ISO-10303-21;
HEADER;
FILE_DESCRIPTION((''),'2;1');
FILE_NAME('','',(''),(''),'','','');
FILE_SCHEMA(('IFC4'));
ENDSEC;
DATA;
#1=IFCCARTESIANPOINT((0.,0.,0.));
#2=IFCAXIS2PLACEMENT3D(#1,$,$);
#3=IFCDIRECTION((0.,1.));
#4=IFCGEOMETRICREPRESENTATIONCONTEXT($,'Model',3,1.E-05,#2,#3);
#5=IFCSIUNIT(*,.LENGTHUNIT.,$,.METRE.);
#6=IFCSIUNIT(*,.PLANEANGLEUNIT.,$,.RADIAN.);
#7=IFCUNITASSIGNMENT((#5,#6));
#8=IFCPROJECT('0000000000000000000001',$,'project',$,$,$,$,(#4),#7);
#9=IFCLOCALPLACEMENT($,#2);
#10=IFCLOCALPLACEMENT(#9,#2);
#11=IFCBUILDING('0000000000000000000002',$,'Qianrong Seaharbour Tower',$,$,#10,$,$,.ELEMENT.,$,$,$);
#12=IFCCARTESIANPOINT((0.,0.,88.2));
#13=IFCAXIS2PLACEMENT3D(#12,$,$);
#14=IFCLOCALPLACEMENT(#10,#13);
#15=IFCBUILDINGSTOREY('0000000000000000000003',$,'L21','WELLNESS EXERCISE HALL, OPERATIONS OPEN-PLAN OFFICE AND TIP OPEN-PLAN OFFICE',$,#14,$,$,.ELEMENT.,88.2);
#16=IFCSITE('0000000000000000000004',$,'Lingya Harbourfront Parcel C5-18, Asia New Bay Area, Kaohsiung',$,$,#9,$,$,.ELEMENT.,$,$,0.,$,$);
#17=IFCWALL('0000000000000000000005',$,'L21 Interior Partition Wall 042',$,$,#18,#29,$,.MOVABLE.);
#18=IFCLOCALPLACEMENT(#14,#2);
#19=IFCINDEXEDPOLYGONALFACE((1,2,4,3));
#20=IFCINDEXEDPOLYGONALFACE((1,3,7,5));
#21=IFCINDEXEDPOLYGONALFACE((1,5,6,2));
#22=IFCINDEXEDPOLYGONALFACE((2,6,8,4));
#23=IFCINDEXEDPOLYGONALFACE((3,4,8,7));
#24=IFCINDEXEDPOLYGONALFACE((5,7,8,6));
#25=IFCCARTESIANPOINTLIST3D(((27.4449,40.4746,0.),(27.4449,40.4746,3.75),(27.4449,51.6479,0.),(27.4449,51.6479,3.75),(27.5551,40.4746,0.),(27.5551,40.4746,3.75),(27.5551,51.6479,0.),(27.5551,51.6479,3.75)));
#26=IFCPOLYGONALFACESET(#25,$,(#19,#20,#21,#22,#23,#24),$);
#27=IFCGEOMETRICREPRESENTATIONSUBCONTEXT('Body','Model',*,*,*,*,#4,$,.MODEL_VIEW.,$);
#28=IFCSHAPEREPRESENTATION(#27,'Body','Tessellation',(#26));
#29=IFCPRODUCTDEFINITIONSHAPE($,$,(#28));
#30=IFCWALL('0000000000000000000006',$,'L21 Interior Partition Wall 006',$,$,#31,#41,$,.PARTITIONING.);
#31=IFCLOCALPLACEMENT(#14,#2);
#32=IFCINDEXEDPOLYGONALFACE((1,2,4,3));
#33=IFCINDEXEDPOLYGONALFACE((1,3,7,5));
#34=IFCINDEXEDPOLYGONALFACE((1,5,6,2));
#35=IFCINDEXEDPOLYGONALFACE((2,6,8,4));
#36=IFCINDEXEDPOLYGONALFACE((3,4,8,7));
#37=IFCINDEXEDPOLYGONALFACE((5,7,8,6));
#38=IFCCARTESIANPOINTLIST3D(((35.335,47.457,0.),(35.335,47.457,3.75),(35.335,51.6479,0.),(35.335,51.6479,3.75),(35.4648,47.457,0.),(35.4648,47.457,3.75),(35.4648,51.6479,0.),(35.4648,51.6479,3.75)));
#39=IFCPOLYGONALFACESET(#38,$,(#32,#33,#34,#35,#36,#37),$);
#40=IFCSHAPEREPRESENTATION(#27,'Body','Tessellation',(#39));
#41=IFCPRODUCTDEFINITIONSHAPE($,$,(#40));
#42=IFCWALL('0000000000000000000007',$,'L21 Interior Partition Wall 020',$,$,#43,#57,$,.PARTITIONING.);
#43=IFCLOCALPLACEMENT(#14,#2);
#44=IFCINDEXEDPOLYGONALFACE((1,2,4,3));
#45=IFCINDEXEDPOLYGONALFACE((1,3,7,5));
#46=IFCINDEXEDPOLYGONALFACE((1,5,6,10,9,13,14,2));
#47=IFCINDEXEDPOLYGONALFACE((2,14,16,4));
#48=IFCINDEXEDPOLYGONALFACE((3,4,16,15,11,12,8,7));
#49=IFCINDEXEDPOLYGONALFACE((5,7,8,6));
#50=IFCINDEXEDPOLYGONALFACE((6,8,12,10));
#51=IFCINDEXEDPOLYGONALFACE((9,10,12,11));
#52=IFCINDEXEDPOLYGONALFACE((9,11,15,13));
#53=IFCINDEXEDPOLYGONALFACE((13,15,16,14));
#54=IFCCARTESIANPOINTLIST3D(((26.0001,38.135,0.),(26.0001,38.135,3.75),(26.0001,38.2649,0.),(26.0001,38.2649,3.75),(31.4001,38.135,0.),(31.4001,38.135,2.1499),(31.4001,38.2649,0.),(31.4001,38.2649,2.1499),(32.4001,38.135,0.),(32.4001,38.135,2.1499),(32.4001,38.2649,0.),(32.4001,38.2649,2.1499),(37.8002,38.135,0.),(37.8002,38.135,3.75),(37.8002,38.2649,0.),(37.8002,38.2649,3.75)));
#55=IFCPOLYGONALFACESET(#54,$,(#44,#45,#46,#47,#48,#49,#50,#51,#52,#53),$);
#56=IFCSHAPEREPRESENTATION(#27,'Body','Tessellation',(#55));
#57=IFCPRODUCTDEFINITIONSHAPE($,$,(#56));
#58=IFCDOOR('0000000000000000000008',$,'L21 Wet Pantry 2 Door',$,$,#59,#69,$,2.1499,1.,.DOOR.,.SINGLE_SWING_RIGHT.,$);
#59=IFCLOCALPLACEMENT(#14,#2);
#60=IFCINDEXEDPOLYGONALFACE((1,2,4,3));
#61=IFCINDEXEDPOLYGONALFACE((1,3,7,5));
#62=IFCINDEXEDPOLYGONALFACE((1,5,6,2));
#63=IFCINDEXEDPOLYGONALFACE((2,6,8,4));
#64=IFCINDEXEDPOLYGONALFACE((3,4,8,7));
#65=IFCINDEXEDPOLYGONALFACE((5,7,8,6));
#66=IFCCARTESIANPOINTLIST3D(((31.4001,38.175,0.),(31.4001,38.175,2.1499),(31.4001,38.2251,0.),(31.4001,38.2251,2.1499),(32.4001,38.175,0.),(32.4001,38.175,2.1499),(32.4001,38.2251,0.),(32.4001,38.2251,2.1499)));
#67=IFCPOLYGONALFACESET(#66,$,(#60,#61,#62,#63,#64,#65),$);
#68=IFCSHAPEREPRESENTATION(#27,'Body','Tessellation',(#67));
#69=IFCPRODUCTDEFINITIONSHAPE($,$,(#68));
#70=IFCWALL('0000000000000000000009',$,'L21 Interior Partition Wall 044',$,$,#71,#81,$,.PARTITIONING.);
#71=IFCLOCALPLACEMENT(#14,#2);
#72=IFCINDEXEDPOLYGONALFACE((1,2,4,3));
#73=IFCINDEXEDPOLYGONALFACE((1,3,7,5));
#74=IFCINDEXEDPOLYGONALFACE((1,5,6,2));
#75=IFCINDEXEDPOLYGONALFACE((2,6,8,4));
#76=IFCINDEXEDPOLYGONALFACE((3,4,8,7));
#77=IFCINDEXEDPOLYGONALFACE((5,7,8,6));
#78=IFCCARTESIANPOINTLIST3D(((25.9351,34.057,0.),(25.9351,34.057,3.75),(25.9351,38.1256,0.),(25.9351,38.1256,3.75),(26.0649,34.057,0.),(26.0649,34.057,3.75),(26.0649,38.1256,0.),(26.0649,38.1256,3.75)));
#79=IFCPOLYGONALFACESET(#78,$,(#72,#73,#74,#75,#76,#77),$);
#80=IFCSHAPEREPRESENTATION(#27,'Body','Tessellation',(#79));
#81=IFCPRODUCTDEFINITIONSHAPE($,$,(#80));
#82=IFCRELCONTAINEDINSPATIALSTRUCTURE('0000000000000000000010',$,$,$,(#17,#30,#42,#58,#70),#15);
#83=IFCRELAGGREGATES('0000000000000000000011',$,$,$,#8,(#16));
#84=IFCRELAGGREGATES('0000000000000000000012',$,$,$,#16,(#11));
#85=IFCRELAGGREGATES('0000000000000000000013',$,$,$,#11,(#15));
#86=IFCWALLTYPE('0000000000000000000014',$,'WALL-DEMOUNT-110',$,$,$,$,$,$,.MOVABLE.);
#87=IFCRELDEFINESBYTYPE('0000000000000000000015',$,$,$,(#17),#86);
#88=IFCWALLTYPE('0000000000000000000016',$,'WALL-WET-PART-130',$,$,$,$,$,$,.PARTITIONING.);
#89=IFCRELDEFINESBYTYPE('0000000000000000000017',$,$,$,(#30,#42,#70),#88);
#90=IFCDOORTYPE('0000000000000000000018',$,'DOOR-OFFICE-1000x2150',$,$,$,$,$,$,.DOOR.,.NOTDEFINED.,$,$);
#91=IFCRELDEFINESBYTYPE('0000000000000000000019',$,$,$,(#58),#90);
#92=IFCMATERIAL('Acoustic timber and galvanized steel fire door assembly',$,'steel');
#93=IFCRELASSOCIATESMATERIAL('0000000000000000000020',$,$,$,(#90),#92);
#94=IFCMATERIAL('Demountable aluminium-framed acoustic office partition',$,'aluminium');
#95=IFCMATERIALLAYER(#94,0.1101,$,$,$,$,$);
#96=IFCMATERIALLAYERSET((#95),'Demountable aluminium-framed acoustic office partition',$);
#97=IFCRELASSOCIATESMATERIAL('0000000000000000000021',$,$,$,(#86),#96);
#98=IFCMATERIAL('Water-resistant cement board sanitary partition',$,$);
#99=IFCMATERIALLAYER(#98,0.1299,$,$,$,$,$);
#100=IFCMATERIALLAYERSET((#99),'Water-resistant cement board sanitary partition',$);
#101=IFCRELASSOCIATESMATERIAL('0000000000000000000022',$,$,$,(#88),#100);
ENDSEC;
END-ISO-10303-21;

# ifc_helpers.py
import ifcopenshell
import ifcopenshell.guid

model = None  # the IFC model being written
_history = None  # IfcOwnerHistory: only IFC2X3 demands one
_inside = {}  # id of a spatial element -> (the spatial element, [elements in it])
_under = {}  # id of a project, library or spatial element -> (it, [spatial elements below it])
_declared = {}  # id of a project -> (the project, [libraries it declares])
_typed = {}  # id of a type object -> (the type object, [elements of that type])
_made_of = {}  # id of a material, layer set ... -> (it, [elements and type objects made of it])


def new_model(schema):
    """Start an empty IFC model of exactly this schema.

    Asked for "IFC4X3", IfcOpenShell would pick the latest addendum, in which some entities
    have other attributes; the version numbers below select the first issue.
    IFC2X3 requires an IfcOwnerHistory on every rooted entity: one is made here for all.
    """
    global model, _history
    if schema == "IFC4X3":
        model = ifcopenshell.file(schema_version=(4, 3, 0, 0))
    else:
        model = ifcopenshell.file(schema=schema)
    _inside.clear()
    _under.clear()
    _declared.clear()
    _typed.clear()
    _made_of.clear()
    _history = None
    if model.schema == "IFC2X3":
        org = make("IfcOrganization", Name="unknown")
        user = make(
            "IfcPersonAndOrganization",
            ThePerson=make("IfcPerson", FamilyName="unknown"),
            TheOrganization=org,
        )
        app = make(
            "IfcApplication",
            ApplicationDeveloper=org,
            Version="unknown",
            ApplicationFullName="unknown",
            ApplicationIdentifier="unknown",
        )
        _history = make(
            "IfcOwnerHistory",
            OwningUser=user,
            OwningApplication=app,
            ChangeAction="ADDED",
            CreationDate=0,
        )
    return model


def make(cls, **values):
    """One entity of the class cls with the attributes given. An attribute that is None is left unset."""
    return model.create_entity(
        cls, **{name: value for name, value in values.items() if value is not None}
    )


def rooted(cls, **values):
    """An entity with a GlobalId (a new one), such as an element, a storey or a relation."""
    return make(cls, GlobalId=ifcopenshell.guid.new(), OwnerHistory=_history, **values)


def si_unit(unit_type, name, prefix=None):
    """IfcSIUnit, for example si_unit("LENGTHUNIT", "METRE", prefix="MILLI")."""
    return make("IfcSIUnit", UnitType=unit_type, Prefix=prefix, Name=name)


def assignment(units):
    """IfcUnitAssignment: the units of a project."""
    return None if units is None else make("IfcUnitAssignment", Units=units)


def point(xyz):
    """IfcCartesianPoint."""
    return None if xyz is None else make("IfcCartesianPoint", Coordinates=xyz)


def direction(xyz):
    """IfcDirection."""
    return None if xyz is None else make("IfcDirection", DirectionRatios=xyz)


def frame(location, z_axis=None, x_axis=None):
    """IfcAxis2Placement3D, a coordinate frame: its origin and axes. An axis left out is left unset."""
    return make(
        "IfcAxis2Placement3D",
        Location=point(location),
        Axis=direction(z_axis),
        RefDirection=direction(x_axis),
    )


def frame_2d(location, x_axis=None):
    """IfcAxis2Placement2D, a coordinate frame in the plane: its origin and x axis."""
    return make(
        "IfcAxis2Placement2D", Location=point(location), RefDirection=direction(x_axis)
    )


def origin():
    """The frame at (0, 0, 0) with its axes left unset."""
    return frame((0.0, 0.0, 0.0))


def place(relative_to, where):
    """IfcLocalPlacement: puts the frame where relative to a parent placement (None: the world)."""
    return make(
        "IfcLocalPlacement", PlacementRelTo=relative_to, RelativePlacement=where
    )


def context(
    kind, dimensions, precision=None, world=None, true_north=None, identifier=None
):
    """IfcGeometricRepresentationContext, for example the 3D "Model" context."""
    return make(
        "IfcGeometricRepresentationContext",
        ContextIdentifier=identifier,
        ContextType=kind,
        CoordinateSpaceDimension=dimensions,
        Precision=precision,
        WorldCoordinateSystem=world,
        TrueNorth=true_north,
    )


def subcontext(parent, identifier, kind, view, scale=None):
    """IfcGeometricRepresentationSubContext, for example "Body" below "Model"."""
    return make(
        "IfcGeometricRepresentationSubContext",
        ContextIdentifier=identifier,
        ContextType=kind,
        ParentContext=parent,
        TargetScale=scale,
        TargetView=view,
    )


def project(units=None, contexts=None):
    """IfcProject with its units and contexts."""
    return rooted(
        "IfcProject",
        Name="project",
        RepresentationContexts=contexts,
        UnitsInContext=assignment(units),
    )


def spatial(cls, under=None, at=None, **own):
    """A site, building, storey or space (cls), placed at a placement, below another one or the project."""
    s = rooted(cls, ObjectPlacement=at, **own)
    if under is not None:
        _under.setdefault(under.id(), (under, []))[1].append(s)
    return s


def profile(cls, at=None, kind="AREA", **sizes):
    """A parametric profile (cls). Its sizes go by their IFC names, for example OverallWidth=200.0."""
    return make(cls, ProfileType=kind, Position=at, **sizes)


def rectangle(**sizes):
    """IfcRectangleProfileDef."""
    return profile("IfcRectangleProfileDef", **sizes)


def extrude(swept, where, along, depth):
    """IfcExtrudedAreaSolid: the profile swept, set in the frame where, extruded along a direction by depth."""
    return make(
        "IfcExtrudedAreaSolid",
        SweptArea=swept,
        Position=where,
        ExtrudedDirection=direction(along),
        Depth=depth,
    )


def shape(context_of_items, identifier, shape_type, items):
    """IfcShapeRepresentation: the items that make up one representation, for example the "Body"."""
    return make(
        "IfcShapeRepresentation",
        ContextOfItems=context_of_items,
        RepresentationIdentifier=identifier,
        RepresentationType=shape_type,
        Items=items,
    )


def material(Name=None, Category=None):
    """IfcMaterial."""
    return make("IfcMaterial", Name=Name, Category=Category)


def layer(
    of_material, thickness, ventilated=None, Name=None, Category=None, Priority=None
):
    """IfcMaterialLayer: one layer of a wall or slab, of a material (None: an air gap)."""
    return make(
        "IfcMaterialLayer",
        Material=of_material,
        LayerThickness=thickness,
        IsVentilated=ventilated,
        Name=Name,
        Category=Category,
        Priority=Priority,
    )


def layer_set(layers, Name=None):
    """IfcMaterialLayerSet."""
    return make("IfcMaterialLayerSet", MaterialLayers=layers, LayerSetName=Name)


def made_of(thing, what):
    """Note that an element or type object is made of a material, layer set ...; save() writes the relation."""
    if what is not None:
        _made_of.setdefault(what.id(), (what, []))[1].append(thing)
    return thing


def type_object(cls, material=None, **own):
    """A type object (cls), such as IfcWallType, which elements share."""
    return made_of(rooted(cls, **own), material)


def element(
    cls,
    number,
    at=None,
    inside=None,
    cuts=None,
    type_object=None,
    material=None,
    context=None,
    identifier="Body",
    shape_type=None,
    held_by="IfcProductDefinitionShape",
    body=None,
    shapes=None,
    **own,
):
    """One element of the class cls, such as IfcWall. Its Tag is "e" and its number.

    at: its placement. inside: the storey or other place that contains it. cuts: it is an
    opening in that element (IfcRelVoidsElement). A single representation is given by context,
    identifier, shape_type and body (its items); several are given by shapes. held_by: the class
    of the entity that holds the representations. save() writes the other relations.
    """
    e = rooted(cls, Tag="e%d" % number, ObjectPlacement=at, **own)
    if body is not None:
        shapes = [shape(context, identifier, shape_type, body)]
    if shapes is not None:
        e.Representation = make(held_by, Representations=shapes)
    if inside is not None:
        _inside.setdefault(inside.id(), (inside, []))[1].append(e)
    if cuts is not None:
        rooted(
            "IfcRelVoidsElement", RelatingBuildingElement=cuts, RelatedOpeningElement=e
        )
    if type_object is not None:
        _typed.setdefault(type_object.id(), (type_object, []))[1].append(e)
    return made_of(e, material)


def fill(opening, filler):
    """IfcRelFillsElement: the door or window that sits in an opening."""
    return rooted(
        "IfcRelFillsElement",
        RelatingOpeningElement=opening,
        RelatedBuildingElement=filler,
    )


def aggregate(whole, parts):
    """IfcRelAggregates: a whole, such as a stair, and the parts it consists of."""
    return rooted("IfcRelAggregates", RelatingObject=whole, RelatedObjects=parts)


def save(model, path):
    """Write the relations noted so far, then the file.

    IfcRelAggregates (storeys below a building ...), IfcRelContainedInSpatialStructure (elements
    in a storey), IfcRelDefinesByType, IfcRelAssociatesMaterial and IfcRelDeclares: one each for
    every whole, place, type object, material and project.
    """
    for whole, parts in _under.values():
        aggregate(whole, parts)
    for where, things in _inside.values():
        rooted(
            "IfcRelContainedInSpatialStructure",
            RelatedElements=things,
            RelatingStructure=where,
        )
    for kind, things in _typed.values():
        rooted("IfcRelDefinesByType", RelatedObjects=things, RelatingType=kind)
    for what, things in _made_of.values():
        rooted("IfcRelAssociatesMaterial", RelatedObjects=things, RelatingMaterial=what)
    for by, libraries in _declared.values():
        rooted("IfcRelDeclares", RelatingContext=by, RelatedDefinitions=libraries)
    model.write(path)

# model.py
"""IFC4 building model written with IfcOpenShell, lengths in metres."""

from ifc_helpers import new_model, si_unit, direction, frame, frame_2d, origin, place, context, subcontext, project, spatial, rectangle, extrude, material, layer, layer_set, type_object, element, fill, save


model = new_model("IFC4")

# Units and contexts
model_context = context("Model", 3, precision=1e-05, world=origin(), true_north=direction((0.0, 1.0)))
body_context = subcontext(model_context, "Body", "Model", "MODEL_VIEW")
ifc_project = project(units=[si_unit("LENGTHUNIT", "METRE"), si_unit("PLANEANGLEUNIT", "RADIAN")], contexts=[model_context])

# Site, building, storey
site_placement = place(None, origin())
site = spatial("IfcSite", under=ifc_project, at=site_placement, Name="Lingya Harbourfront Parcel C5-18, Asia New Bay Area, Kaohsiung", CompositionType="ELEMENT", RefElevation=0.0)
building_placement = place(site_placement, origin())
building = spatial("IfcBuilding", under=site, at=building_placement, Name="Qianrong Seaharbour Tower", CompositionType="ELEMENT")
storey_placement = place(building_placement, frame((0.0, 0.0, 88.2)))
storey = spatial("IfcBuildingStorey", under=building, at=storey_placement, Name="L21", Description="WELLNESS EXERCISE HALL, OPERATIONS OPEN-PLAN OFFICE AND TIP OPEN-PLAN OFFICE", CompositionType="ELEMENT", Elevation=88.2)

# Shared definitions
ifc_material_1 = material(Name="Acoustic timber and galvanized steel fire door assembly", Category="steel")
door_type_1 = type_object("IfcDoorType", Name="DOOR-OFFICE-1000x2150", OperationType="NOTDEFINED", PredefinedType="DOOR", material=ifc_material_1)

# Walls
ifc_material_2 = material(Name="Demountable aluminium-framed acoustic office partition", Category="aluminium")
ifc_layer_1 = layer(ifc_material_2, 0.1101)
ifc_layer_set_1 = layer_set([ifc_layer_1], Name="Demountable aluminium-framed acoustic office partition")
wall_type_1 = type_object("IfcWallType", Name="WALL-DEMOUNT-110", PredefinedType="MOVABLE", material=ifc_layer_set_1)
wall_1_placement = place(storey_placement, frame((27.5, 51.6479, 0.0), z_axis=(0.0, 0.0, 1.0), x_axis=(0.0, -1.0, 0.0)))
element("IfcWall", 1, at=wall_1_placement, inside=storey, type_object=wall_type_1, Name="L21 Interior Partition Wall 042", PredefinedType="MOVABLE", context=body_context, shape_type="SweptSolid", body=[
    extrude(rectangle(XDim=11.1733, YDim=0.1101, at=frame_2d((5.5867, 0.0))), origin(), (0.0, 0.0, 1.0), 3.75),
])
ifc_material_3 = material(Name="Water-resistant cement board sanitary partition")
ifc_layer_2 = layer(ifc_material_3, 0.1299)
ifc_layer_set_2 = layer_set([ifc_layer_2], Name="Water-resistant cement board sanitary partition")
wall_type_2 = type_object("IfcWallType", Name="WALL-WET-PART-130", PredefinedType="PARTITIONING", material=ifc_layer_set_2)
wall_2_placement = place(storey_placement, frame((35.3999, 47.457, 0.0), z_axis=(0.0, 0.0, 1.0), x_axis=(0.0, 1.0, 0.0)))
element("IfcWall", 2, at=wall_2_placement, inside=storey, type_object=wall_type_2, Name="L21 Interior Partition Wall 006", PredefinedType="PARTITIONING", context=body_context, shape_type="SweptSolid", body=[
    extrude(rectangle(XDim=4.1909, YDim=0.1299, at=frame_2d((2.0955, 0.0))), origin(), (0.0, 0.0, 1.0), 3.75),
])

# Wall, opening, door
wall_3_placement = place(storey_placement, frame((37.8, 38.2, 0.0), z_axis=(0.0, 0.0, 1.0), x_axis=(-1.0, 0.0, 0.0)))
wall_3 = element("IfcWall", 3, at=wall_3_placement, inside=storey, type_object=wall_type_2, Name="L21 Interior Partition Wall 020", PredefinedType="PARTITIONING", context=body_context, shape_type="SweptSolid", body=[
    extrude(rectangle(XDim=11.8, YDim=0.1299, at=frame_2d((5.8999, 0.0))), origin(), (0.0, 0.0, 1.0), 3.75),
])
opening_1_placement = place(wall_3_placement, frame((5.3999, 0.0, 0.0)))
opening_1 = element("IfcOpeningElement", 4, at=opening_1_placement, cuts=wall_3, PredefinedType="OPENING", context=body_context, shape_type="SweptSolid", body=[
    extrude(rectangle(XDim=1.0, YDim=2.1499, at=frame_2d((0.5, 1.075))), frame((0.0, 0.075, 0.0), z_axis=(0.0, -1.0, 0.0), x_axis=(1.0, 0.0, 0.0)), (0.0, 0.0, 1.0), 0.1499),
])
door_1_placement = place(opening_1_placement, origin())
door_1 = element("IfcDoor", 5, at=door_1_placement, inside=storey, type_object=door_type_1, Name="L21 Wet Pantry 2 Door", OperationType="SINGLE_SWING_RIGHT", OverallHeight=2.1499, OverallWidth=1.0, PredefinedType="DOOR", context=body_context, shape_type="SweptSolid", body=[
    extrude(rectangle(XDim=1.0, YDim=2.1499, at=frame_2d((0.5, 1.075))), frame((0.0, 0.0249, 0.0), z_axis=(0.0, -1.0, 0.0), x_axis=(1.0, 0.0, 0.0)), (0.0, 0.0, 1.0), 0.05),
])
fill(opening_1, door_1)

# Wall
wall_4_placement = place(storey_placement, frame((26.0, 38.1255, 0.0), z_axis=(0.0, 0.0, 1.0), x_axis=(0.0, -1.0, 0.0)))
element("IfcWall", 6, at=wall_4_placement, inside=storey, type_object=wall_type_2, Name="L21 Interior Partition Wall 044", PredefinedType="PARTITIONING", context=body_context, shape_type="SweptSolid", body=[
    extrude(rectangle(XDim=4.0686, YDim=0.1299, at=frame_2d((2.0342, 0.0))), origin(), (0.0, 0.0, 1.0), 3.75),
])

save(model, "model.ifc")
